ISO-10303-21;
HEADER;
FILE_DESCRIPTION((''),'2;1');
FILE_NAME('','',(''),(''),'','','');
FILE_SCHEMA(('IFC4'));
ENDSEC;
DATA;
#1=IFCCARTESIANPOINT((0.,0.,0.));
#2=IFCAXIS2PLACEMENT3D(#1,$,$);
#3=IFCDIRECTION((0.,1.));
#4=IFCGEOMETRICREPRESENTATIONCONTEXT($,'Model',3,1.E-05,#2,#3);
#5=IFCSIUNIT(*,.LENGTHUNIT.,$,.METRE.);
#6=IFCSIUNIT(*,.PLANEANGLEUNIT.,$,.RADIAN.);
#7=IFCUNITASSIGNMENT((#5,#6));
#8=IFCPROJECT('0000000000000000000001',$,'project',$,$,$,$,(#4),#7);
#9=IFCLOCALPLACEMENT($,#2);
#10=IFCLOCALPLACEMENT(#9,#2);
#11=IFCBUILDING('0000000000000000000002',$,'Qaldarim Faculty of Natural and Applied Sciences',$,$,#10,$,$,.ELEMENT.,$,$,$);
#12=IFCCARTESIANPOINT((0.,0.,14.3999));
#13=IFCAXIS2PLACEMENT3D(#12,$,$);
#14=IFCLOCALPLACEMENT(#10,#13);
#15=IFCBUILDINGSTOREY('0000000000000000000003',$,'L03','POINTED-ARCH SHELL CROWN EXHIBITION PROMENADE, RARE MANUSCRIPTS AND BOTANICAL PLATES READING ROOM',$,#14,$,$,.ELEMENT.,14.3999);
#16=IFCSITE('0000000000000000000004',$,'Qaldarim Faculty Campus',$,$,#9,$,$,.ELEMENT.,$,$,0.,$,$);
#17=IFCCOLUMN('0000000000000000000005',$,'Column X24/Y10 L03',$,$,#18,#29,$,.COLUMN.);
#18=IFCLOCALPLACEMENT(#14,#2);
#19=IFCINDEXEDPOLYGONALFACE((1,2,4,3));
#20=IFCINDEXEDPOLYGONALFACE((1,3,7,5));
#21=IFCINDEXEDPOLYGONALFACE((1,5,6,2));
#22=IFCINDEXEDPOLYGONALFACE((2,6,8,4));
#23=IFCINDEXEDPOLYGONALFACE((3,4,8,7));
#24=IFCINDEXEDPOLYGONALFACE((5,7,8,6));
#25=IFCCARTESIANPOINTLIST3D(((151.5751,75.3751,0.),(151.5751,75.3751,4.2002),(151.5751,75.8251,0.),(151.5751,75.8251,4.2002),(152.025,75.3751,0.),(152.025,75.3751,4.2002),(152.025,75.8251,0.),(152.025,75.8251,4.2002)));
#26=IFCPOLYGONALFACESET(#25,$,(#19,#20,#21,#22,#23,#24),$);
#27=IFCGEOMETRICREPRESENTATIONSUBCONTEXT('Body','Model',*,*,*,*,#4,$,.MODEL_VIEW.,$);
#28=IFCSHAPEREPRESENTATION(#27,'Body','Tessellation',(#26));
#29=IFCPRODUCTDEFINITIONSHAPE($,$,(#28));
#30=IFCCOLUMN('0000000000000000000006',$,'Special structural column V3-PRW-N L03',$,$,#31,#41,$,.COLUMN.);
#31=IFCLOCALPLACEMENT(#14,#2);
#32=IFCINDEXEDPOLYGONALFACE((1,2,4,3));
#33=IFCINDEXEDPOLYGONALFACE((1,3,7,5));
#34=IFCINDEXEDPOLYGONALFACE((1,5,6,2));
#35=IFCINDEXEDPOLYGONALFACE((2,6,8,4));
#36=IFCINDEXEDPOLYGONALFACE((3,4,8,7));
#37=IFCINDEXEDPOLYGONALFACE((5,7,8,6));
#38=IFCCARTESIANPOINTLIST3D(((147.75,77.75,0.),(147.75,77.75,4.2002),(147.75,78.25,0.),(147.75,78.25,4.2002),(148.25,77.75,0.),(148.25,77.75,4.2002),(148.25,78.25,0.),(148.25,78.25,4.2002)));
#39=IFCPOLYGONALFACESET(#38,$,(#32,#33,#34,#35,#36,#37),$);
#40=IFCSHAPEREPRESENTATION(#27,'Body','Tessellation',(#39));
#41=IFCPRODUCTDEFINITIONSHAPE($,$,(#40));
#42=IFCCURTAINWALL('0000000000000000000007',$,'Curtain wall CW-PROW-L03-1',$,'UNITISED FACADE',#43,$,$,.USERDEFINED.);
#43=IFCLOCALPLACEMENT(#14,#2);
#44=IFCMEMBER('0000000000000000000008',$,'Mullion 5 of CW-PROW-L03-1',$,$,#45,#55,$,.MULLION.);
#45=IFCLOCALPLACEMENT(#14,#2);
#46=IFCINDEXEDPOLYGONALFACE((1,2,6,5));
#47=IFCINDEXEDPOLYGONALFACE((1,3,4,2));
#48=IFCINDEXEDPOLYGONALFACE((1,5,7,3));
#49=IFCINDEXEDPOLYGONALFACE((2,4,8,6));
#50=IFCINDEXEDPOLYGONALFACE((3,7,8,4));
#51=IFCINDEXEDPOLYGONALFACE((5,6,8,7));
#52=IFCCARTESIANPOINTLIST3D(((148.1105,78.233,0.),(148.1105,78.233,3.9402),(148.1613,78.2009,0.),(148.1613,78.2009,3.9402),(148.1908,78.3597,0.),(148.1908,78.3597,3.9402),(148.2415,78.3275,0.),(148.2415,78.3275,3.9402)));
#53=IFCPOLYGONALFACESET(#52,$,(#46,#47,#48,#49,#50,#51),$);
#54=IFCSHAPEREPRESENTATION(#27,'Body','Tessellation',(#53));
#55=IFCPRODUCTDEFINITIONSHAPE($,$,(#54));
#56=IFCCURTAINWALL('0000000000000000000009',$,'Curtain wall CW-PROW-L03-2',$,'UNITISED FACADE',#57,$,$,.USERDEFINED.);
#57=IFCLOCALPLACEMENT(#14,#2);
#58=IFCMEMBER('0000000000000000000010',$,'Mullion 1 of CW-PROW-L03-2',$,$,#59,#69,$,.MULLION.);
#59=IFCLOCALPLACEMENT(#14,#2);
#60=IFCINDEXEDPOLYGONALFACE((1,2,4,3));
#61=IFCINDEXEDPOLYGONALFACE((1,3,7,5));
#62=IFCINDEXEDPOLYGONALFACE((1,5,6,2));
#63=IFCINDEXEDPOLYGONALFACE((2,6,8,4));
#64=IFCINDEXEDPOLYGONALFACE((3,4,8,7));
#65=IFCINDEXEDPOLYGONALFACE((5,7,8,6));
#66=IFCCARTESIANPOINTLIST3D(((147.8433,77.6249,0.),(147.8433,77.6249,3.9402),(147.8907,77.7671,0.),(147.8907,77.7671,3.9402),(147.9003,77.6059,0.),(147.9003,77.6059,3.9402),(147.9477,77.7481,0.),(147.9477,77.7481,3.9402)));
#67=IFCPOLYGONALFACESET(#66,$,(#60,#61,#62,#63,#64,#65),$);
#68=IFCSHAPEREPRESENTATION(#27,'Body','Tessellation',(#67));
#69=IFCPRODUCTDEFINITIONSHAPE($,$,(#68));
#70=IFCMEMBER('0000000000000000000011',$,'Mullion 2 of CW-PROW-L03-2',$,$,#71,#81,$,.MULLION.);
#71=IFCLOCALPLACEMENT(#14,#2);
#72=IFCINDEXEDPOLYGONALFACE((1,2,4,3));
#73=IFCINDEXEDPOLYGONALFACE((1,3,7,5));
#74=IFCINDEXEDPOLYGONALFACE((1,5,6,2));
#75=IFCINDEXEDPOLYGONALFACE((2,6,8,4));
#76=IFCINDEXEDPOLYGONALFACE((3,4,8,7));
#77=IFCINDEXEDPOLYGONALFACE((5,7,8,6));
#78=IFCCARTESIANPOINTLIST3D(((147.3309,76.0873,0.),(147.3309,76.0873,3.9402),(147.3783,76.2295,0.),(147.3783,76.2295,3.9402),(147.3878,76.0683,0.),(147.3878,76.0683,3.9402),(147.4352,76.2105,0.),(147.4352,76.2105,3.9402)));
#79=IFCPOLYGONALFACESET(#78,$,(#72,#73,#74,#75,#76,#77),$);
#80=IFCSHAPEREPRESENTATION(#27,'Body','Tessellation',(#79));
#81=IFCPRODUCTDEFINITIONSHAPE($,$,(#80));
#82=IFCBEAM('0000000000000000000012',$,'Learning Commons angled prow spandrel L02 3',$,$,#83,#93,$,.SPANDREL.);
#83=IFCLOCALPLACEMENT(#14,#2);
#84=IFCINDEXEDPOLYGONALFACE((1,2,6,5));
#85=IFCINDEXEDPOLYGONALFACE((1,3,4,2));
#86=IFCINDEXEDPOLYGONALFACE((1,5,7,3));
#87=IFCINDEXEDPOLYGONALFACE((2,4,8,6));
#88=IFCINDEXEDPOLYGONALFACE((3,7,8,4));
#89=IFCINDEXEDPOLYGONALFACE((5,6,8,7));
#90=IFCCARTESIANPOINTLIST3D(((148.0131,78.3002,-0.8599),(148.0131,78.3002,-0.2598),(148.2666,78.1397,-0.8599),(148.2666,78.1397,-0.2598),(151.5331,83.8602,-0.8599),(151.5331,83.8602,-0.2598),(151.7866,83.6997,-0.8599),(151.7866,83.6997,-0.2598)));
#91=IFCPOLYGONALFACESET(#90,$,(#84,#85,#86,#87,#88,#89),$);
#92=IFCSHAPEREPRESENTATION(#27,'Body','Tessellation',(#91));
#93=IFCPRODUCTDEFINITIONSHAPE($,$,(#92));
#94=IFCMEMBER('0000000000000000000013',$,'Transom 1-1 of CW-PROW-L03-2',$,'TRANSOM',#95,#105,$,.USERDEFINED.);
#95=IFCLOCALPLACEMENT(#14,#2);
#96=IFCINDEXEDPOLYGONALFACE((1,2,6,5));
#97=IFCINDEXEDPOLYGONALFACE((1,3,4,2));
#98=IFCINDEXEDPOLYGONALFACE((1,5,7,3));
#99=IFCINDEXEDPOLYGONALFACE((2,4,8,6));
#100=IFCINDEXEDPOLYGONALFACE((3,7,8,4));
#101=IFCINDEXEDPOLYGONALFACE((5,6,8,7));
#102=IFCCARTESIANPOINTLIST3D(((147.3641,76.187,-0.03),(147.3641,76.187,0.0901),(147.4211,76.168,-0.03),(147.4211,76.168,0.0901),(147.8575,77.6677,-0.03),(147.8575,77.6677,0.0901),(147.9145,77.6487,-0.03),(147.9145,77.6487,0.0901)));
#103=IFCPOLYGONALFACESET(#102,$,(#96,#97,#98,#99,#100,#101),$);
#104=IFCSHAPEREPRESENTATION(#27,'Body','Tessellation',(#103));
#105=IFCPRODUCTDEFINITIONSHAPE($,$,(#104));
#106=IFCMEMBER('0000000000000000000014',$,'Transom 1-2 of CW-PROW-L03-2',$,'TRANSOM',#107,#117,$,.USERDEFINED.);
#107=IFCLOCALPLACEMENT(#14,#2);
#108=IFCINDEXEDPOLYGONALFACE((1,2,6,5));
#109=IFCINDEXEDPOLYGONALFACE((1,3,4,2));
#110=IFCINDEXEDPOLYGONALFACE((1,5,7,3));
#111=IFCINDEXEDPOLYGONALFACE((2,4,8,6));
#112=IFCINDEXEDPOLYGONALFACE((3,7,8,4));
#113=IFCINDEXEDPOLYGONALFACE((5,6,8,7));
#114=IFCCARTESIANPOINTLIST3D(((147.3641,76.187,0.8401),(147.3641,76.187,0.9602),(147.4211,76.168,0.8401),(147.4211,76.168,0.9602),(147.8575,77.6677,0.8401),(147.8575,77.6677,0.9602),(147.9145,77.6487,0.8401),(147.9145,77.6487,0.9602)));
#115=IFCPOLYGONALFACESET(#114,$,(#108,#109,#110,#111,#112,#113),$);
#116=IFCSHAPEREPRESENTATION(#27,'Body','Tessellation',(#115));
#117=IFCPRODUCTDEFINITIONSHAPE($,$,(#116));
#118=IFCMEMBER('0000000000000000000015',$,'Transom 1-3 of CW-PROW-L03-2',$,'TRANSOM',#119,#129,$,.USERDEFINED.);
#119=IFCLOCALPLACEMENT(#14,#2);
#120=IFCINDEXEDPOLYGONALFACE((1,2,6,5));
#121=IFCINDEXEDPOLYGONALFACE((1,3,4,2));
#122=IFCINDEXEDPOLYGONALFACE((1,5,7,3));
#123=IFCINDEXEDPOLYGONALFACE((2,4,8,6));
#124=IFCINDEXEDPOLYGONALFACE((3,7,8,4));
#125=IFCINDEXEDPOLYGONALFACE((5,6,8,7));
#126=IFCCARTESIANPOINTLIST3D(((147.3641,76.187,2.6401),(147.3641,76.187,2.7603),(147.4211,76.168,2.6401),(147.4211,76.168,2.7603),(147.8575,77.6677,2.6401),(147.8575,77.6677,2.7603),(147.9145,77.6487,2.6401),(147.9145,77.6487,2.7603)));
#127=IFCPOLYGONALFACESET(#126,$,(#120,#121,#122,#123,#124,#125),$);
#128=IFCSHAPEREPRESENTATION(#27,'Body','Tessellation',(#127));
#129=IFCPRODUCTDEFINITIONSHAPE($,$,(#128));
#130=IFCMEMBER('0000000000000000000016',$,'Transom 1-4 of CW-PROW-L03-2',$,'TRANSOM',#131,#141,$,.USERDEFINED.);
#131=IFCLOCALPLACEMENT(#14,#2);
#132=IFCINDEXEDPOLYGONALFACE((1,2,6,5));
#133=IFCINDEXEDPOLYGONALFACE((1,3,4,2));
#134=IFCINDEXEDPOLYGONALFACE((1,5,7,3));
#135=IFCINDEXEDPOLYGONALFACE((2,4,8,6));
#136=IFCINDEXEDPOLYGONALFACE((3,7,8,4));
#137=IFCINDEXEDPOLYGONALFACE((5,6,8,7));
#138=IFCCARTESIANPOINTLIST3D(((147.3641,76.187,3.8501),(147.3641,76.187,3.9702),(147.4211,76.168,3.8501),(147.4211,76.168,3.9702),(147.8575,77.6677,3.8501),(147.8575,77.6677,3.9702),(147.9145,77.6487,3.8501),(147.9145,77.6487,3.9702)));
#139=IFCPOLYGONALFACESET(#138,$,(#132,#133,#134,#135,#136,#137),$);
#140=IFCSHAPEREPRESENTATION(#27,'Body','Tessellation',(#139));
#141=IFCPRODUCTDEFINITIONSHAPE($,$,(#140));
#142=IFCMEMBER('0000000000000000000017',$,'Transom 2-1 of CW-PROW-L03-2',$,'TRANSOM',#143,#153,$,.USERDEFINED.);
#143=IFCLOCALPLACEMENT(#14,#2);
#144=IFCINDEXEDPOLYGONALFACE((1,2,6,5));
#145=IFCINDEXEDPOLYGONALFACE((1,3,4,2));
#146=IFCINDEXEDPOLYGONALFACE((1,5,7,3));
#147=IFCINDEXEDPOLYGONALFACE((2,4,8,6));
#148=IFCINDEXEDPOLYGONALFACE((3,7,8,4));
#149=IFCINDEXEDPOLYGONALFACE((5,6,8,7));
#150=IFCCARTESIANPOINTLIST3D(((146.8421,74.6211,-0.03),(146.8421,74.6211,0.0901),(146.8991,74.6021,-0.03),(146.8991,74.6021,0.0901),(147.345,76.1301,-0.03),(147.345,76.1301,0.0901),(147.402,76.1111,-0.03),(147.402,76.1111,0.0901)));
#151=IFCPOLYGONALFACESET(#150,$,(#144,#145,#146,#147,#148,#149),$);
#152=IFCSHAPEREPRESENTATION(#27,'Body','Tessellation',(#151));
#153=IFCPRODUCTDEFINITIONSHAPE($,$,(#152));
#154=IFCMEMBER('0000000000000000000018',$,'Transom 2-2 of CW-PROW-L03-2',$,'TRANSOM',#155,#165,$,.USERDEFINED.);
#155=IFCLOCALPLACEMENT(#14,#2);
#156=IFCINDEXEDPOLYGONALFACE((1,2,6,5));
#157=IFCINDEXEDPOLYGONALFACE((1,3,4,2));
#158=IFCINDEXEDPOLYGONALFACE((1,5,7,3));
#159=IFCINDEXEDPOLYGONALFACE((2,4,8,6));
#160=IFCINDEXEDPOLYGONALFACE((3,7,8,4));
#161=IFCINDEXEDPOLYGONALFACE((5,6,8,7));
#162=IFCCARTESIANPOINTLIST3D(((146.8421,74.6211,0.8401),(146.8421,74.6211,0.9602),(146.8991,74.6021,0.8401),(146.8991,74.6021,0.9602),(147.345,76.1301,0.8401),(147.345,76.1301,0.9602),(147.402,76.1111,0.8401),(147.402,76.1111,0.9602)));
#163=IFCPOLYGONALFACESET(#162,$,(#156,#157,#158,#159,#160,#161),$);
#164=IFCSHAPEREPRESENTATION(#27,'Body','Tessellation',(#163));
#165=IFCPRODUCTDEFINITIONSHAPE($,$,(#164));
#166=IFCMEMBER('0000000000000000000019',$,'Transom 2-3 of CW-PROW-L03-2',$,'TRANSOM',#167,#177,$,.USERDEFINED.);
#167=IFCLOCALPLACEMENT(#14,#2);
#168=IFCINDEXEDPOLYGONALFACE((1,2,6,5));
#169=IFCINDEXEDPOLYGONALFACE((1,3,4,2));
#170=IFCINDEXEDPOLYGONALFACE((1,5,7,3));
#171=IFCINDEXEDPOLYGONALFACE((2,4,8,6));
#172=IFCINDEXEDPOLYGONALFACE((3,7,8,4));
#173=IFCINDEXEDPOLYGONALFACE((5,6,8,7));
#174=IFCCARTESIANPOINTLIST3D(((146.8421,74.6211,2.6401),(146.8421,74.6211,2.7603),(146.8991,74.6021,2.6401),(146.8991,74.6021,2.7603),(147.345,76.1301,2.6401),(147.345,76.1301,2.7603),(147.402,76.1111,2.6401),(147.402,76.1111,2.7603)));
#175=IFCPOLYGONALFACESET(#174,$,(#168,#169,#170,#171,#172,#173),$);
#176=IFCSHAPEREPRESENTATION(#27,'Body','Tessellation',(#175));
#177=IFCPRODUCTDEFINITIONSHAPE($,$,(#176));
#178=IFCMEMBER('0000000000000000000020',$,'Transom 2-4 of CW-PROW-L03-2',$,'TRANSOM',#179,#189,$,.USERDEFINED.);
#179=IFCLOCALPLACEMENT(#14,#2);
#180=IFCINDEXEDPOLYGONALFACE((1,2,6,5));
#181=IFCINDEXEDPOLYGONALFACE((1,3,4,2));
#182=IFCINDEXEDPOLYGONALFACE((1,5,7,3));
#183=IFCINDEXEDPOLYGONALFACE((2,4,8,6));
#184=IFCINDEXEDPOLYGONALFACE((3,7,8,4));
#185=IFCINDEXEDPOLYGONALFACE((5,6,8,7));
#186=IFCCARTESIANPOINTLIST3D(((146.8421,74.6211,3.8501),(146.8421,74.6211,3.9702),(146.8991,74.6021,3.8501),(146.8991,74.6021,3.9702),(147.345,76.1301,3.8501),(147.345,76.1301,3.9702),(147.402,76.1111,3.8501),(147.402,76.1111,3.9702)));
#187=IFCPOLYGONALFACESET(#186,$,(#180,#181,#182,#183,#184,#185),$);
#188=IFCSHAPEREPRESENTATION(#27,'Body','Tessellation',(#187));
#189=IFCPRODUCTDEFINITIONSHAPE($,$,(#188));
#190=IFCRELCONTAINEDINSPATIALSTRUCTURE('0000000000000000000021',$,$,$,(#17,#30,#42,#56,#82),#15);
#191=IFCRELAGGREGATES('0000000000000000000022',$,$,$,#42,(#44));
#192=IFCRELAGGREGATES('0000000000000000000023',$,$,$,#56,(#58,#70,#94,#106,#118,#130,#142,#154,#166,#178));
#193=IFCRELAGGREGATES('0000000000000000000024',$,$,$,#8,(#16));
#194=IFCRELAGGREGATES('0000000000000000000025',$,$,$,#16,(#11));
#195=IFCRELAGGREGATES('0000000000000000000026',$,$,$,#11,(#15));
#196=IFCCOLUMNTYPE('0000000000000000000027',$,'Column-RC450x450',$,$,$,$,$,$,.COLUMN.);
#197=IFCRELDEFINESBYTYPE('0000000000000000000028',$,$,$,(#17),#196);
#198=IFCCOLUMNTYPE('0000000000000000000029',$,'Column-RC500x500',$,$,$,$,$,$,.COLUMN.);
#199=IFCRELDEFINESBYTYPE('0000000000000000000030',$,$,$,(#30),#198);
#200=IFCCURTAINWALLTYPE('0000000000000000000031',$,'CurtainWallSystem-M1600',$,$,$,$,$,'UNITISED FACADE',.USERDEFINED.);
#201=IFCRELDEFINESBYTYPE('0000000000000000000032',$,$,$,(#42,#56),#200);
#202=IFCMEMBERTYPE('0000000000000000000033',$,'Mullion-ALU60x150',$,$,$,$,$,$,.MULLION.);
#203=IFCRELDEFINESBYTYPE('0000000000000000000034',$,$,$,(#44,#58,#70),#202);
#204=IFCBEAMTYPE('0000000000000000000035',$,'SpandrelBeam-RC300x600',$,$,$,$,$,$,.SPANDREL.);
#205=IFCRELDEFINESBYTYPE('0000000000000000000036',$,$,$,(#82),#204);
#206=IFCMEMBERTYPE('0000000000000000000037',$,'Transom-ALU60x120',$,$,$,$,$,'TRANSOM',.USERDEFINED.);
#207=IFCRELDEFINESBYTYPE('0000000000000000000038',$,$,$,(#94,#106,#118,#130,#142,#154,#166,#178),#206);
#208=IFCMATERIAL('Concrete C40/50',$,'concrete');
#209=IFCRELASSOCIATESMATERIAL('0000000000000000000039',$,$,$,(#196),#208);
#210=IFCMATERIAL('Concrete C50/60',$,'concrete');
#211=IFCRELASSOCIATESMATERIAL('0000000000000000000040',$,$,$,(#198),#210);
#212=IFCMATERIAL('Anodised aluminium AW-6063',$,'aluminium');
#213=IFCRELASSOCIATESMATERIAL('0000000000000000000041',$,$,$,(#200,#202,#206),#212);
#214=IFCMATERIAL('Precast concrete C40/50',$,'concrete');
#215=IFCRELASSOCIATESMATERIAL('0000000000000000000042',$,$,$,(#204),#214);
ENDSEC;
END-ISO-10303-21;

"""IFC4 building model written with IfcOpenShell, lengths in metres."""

from ifc_helpers import new_model, si_unit, direction, frame, origin, origin_2d, place, context, subcontext, project, spatial, rectangle, extrude, material, material_profile, profile_set, type_object, element, aggregate, save


model = new_model("IFC4")

# Units and contexts
model_context = context("Model", 3, precision=1e-05, world=origin(), true_north=direction((0.0, 1.0)))
body_context = subcontext(model_context, "Body", "Model", "MODEL_VIEW")
ifc_project = project(units=[si_unit("LENGTHUNIT", "METRE"), si_unit("PLANEANGLEUNIT", "RADIAN")], contexts=[model_context])

# Site, building, storey
site_placement = place(None, origin())
site = spatial("IfcSite", under=ifc_project, at=site_placement, Name="Qaldarim Faculty Campus", CompositionType="ELEMENT", RefElevation=0.0)
building_placement = place(site_placement, origin())
building = spatial("IfcBuilding", under=site, at=building_placement, Name="Qaldarim Faculty of Natural and Applied Sciences", CompositionType="ELEMENT")
storey_placement = place(building_placement, frame((0.0, 0.0, 14.3999)))
storey = spatial("IfcBuildingStorey", under=building, at=storey_placement, Name="L03", Description="POINTED-ARCH SHELL CROWN EXHIBITION PROMENADE, RARE MANUSCRIPTS AND BOTANICAL PLATES READING ROOM", CompositionType="ELEMENT", Elevation=14.3999)

# Columns
ifc_material_1 = material(Name="Concrete C40/50", Category="concrete")
ifc_material_profile_1 = material_profile(ifc_material_1, rectangle(XDim=0.45, YDim=0.45, at=origin_2d()), Name="RC-C450x450")
ifc_profile_set_1 = profile_set([ifc_material_profile_1], Name="Concrete C40/50")
column_type_1 = type_object("IfcColumnType", Name="Column-RC450x450", PredefinedType="COLUMN", material=ifc_profile_set_1)
column_1_placement = place(storey_placement, frame((151.8, 75.6001, 0.0), z_axis=(0.0, 0.0, 1.0), x_axis=(1.0, 0.0, 0.0)))
element("IfcColumn", 1, at=column_1_placement, inside=storey, type_object=column_type_1, Name="Column X24/Y10 L03", PredefinedType="COLUMN", context=body_context, shape_type="SweptSolid", body=[
    extrude(rectangle(XDim=0.45, YDim=0.45, at=origin_2d()), origin(), (0.0, 0.0, 1.0), 4.2002),
])
ifc_material_2 = material(Name="Concrete C50/60", Category="concrete")
ifc_material_profile_2 = material_profile(ifc_material_2, rectangle(XDim=0.5, YDim=0.5, at=origin_2d()), Name="RC-C500x500")
ifc_profile_set_2 = profile_set([ifc_material_profile_2], Name="Concrete C50/60")
column_type_2 = type_object("IfcColumnType", Name="Column-RC500x500", PredefinedType="COLUMN", material=ifc_profile_set_2)
column_2_placement = place(storey_placement, frame((148.0, 78.0, 0.0), z_axis=(0.0, 0.0, 1.0), x_axis=(1.0, 0.0, 0.0)))
element("IfcColumn", 2, at=column_2_placement, inside=storey, type_object=column_type_2, Name="Special structural column V3-PRW-N L03", PredefinedType="COLUMN", context=body_context, shape_type="SweptSolid", body=[
    extrude(rectangle(XDim=0.5, YDim=0.5, at=origin_2d()), origin(), (0.0, 0.0, 1.0), 4.2002),
])

# Curtain wall, member
ifc_material_3 = material(Name="Anodised aluminium AW-6063", Category="aluminium")
curtain_wall_type = type_object("IfcCurtainWallType", Name="CurtainWallSystem-M1600", ElementType="UNITISED FACADE", PredefinedType="USERDEFINED", material=ifc_material_3)
curtain_wall_1_placement = place(storey_placement, origin())
curtain_wall_1 = element("IfcCurtainWall", 3, at=curtain_wall_1_placement, inside=storey, type_object=curtain_wall_type, Name="Curtain wall CW-PROW-L03-1", ObjectType="UNITISED FACADE", PredefinedType="USERDEFINED")
ifc_material_profile_3 = material_profile(ifc_material_3, rectangle(XDim=0.0601, YDim=0.1499, at=origin_2d()), Name="ALU-M60x150")
ifc_profile_set_3 = profile_set([ifc_material_profile_3], Name="Anodised aluminium AW-6063")
member_type_1 = type_object("IfcMemberType", Name="Mullion-ALU60x150", PredefinedType="MULLION", material=ifc_profile_set_3)
member_1_placement = place(storey_placement, frame((148.176, 78.2803, 0.0), z_axis=(0.0, 0.0, 1.0), x_axis=(0.844608, -0.535385, 0.0)))
member_1 = element("IfcMember", 4, at=member_1_placement, type_object=member_type_1, Name="Mullion 5 of CW-PROW-L03-1", PredefinedType="MULLION", context=body_context, shape_type="SweptSolid", body=[
    extrude(rectangle(XDim=0.0601, YDim=0.1499, at=origin_2d()), origin(), (0.0, 0.0, 1.0), 3.9402),
])

# Curtain wall, members
curtain_wall_2_placement = place(storey_placement, origin())
curtain_wall_2 = element("IfcCurtainWall", 5, at=curtain_wall_2_placement, inside=storey, type_object=curtain_wall_type, Name="Curtain wall CW-PROW-L03-2", ObjectType="UNITISED FACADE", PredefinedType="USERDEFINED")
member_2_placement = place(storey_placement, frame((147.8955, 77.6865, 0.0), z_axis=(0.0, 0.0, 1.0), x_axis=(0.948683, -0.316229, 0.0)))
member_2 = element("IfcMember", 6, at=member_2_placement, type_object=member_type_1, Name="Mullion 1 of CW-PROW-L03-2", PredefinedType="MULLION", context=body_context, shape_type="SweptSolid", body=[
    extrude(rectangle(XDim=0.0601, YDim=0.1499, at=origin_2d()), origin(), (0.0, 0.0, 1.0), 3.9402),
])
member_3_placement = place(storey_placement, frame((147.3831, 76.1489, 0.0), z_axis=(0.0, 0.0, 1.0), x_axis=(0.948683, -0.316229, 0.0)))
member_3 = element("IfcMember", 7, at=member_3_placement, type_object=member_type_1, Name="Mullion 2 of CW-PROW-L03-2", PredefinedType="MULLION", context=body_context, shape_type="SweptSolid", body=[
    extrude(rectangle(XDim=0.0601, YDim=0.1499, at=origin_2d()), origin(), (0.0, 0.0, 1.0), 3.9402),
])

# Beam
ifc_material_4 = material(Name="Precast concrete C40/50", Category="concrete")
ifc_material_profile_4 = material_profile(ifc_material_4, rectangle(XDim=0.3, YDim=0.6001, at=origin_2d()), Name="RC-SP300x600")
ifc_profile_set_4 = profile_set([ifc_material_profile_4], Name="Precast concrete C40/50")
beam_type = type_object("IfcBeamType", Name="SpandrelBeam-RC300x600", PredefinedType="SPANDREL", material=ifc_profile_set_4)
beam_placement = place(storey_placement, frame((148.1399, 78.22, -0.5598), z_axis=(0.534906, 0.844912, 0.0), x_axis=(-0.844912, 0.534906, 0.0)))
element("IfcBeam", 8, at=beam_placement, inside=storey, type_object=beam_type, Name="Learning Commons angled prow spandrel L02 3", PredefinedType="SPANDREL", context=body_context, shape_type="SweptSolid", body=[
    extrude(rectangle(XDim=0.3, YDim=0.6001, at=origin_2d()), origin(), (0.0, 0.0, 1.0), 6.5806),
])

# Members
ifc_material_profile_5 = material_profile(ifc_material_3, rectangle(XDim=0.0601, YDim=0.1201, at=origin_2d()), Name="ALU-T60x120")
ifc_profile_set_5 = profile_set([ifc_material_profile_5], Name="Anodised aluminium AW-6063")
member_type_2 = type_object("IfcMemberType", Name="Transom-ALU60x120", ElementType="TRANSOM", PredefinedType="USERDEFINED", material=ifc_profile_set_5)
member_4_placement = place(storey_placement, frame((147.886, 77.6582, 0.03), z_axis=(-0.316134, -0.948715, 0.0), x_axis=(0.948715, -0.316134, 0.0)))
member_4 = element("IfcMember", 9, at=member_4_placement, type_object=member_type_2, Name="Transom 1-1 of CW-PROW-L03-2", ObjectType="TRANSOM", PredefinedType="USERDEFINED", context=body_context, shape_type="SweptSolid", body=[
    extrude(rectangle(XDim=0.0601, YDim=0.1201, at=origin_2d()), origin(), (0.0, 0.0, 1.0), 1.5608),
])
member_5_placement = place(storey_placement, frame((147.886, 77.6582, 0.9001), z_axis=(-0.316134, -0.948715, 0.0), x_axis=(0.948715, -0.316134, 0.0)))
member_5 = element("IfcMember", 10, at=member_5_placement, type_object=member_type_2, Name="Transom 1-2 of CW-PROW-L03-2", ObjectType="TRANSOM", PredefinedType="USERDEFINED", context=body_context, shape_type="SweptSolid", body=[
    extrude(rectangle(XDim=0.0601, YDim=0.1201, at=origin_2d()), origin(), (0.0, 0.0, 1.0), 1.5608),
])
member_6_placement = place(storey_placement, frame((147.886, 77.6582, 2.7002), z_axis=(-0.316134, -0.948715, 0.0), x_axis=(0.948715, -0.316134, 0.0)))
member_6 = element("IfcMember", 11, at=member_6_placement, type_object=member_type_2, Name="Transom 1-3 of CW-PROW-L03-2", ObjectType="TRANSOM", PredefinedType="USERDEFINED", context=body_context, shape_type="SweptSolid", body=[
    extrude(rectangle(XDim=0.0601, YDim=0.1201, at=origin_2d()), origin(), (0.0, 0.0, 1.0), 1.5608),
])
member_7_placement = place(storey_placement, frame((147.886, 77.6582, 3.9102), z_axis=(-0.316134, -0.948715, 0.0), x_axis=(0.948715, -0.316134, 0.0)))
member_7 = element("IfcMember", 12, at=member_7_placement, type_object=member_type_2, Name="Transom 1-4 of CW-PROW-L03-2", ObjectType="TRANSOM", PredefinedType="USERDEFINED", context=body_context, shape_type="SweptSolid", body=[
    extrude(rectangle(XDim=0.0601, YDim=0.1201, at=origin_2d()), origin(), (0.0, 0.0, 1.0), 1.5608),
])
member_8_placement = place(storey_placement, frame((147.3735, 76.1206, 0.03), z_axis=(-0.316182, -0.948699, 0.0), x_axis=(0.948699, -0.316182, 0.0)))
member_8 = element("IfcMember", 13, at=member_8_placement, type_object=member_type_2, Name="Transom 2-1 of CW-PROW-L03-2", ObjectType="TRANSOM", PredefinedType="USERDEFINED", context=body_context, shape_type="SweptSolid", body=[
    extrude(rectangle(XDim=0.0601, YDim=0.1201, at=origin_2d()), origin(), (0.0, 0.0, 1.0), 1.5906),
])
member_9_placement = place(storey_placement, frame((147.3735, 76.1206, 0.9001), z_axis=(-0.316182, -0.948699, 0.0), x_axis=(0.948699, -0.316182, 0.0)))
member_9 = element("IfcMember", 14, at=member_9_placement, type_object=member_type_2, Name="Transom 2-2 of CW-PROW-L03-2", ObjectType="TRANSOM", PredefinedType="USERDEFINED", context=body_context, shape_type="SweptSolid", body=[
    extrude(rectangle(XDim=0.0601, YDim=0.1201, at=origin_2d()), origin(), (0.0, 0.0, 1.0), 1.5906),
])
member_10_placement = place(storey_placement, frame((147.3735, 76.1206, 2.7002), z_axis=(-0.316182, -0.948699, 0.0), x_axis=(0.948699, -0.316182, 0.0)))
member_10 = element("IfcMember", 15, at=member_10_placement, type_object=member_type_2, Name="Transom 2-3 of CW-PROW-L03-2", ObjectType="TRANSOM", PredefinedType="USERDEFINED", context=body_context, shape_type="SweptSolid", body=[
    extrude(rectangle(XDim=0.0601, YDim=0.1201, at=origin_2d()), origin(), (0.0, 0.0, 1.0), 1.5906),
])
member_11_placement = place(storey_placement, frame((147.3735, 76.1206, 3.9102), z_axis=(-0.316182, -0.948699, 0.0), x_axis=(0.948699, -0.316182, 0.0)))
member_11 = element("IfcMember", 16, at=member_11_placement, type_object=member_type_2, Name="Transom 2-4 of CW-PROW-L03-2", ObjectType="TRANSOM", PredefinedType="USERDEFINED", context=body_context, shape_type="SweptSolid", body=[
    extrude(rectangle(XDim=0.0601, YDim=0.1201, at=origin_2d()), origin(), (0.0, 0.0, 1.0), 1.5906),
])

aggregate(curtain_wall_1, [member_1])
aggregate(curtain_wall_2, [member_2, member_3, member_4, member_5, member_6, member_7, member_8, member_9, member_10, member_11])

save(model, "model.ifc")
